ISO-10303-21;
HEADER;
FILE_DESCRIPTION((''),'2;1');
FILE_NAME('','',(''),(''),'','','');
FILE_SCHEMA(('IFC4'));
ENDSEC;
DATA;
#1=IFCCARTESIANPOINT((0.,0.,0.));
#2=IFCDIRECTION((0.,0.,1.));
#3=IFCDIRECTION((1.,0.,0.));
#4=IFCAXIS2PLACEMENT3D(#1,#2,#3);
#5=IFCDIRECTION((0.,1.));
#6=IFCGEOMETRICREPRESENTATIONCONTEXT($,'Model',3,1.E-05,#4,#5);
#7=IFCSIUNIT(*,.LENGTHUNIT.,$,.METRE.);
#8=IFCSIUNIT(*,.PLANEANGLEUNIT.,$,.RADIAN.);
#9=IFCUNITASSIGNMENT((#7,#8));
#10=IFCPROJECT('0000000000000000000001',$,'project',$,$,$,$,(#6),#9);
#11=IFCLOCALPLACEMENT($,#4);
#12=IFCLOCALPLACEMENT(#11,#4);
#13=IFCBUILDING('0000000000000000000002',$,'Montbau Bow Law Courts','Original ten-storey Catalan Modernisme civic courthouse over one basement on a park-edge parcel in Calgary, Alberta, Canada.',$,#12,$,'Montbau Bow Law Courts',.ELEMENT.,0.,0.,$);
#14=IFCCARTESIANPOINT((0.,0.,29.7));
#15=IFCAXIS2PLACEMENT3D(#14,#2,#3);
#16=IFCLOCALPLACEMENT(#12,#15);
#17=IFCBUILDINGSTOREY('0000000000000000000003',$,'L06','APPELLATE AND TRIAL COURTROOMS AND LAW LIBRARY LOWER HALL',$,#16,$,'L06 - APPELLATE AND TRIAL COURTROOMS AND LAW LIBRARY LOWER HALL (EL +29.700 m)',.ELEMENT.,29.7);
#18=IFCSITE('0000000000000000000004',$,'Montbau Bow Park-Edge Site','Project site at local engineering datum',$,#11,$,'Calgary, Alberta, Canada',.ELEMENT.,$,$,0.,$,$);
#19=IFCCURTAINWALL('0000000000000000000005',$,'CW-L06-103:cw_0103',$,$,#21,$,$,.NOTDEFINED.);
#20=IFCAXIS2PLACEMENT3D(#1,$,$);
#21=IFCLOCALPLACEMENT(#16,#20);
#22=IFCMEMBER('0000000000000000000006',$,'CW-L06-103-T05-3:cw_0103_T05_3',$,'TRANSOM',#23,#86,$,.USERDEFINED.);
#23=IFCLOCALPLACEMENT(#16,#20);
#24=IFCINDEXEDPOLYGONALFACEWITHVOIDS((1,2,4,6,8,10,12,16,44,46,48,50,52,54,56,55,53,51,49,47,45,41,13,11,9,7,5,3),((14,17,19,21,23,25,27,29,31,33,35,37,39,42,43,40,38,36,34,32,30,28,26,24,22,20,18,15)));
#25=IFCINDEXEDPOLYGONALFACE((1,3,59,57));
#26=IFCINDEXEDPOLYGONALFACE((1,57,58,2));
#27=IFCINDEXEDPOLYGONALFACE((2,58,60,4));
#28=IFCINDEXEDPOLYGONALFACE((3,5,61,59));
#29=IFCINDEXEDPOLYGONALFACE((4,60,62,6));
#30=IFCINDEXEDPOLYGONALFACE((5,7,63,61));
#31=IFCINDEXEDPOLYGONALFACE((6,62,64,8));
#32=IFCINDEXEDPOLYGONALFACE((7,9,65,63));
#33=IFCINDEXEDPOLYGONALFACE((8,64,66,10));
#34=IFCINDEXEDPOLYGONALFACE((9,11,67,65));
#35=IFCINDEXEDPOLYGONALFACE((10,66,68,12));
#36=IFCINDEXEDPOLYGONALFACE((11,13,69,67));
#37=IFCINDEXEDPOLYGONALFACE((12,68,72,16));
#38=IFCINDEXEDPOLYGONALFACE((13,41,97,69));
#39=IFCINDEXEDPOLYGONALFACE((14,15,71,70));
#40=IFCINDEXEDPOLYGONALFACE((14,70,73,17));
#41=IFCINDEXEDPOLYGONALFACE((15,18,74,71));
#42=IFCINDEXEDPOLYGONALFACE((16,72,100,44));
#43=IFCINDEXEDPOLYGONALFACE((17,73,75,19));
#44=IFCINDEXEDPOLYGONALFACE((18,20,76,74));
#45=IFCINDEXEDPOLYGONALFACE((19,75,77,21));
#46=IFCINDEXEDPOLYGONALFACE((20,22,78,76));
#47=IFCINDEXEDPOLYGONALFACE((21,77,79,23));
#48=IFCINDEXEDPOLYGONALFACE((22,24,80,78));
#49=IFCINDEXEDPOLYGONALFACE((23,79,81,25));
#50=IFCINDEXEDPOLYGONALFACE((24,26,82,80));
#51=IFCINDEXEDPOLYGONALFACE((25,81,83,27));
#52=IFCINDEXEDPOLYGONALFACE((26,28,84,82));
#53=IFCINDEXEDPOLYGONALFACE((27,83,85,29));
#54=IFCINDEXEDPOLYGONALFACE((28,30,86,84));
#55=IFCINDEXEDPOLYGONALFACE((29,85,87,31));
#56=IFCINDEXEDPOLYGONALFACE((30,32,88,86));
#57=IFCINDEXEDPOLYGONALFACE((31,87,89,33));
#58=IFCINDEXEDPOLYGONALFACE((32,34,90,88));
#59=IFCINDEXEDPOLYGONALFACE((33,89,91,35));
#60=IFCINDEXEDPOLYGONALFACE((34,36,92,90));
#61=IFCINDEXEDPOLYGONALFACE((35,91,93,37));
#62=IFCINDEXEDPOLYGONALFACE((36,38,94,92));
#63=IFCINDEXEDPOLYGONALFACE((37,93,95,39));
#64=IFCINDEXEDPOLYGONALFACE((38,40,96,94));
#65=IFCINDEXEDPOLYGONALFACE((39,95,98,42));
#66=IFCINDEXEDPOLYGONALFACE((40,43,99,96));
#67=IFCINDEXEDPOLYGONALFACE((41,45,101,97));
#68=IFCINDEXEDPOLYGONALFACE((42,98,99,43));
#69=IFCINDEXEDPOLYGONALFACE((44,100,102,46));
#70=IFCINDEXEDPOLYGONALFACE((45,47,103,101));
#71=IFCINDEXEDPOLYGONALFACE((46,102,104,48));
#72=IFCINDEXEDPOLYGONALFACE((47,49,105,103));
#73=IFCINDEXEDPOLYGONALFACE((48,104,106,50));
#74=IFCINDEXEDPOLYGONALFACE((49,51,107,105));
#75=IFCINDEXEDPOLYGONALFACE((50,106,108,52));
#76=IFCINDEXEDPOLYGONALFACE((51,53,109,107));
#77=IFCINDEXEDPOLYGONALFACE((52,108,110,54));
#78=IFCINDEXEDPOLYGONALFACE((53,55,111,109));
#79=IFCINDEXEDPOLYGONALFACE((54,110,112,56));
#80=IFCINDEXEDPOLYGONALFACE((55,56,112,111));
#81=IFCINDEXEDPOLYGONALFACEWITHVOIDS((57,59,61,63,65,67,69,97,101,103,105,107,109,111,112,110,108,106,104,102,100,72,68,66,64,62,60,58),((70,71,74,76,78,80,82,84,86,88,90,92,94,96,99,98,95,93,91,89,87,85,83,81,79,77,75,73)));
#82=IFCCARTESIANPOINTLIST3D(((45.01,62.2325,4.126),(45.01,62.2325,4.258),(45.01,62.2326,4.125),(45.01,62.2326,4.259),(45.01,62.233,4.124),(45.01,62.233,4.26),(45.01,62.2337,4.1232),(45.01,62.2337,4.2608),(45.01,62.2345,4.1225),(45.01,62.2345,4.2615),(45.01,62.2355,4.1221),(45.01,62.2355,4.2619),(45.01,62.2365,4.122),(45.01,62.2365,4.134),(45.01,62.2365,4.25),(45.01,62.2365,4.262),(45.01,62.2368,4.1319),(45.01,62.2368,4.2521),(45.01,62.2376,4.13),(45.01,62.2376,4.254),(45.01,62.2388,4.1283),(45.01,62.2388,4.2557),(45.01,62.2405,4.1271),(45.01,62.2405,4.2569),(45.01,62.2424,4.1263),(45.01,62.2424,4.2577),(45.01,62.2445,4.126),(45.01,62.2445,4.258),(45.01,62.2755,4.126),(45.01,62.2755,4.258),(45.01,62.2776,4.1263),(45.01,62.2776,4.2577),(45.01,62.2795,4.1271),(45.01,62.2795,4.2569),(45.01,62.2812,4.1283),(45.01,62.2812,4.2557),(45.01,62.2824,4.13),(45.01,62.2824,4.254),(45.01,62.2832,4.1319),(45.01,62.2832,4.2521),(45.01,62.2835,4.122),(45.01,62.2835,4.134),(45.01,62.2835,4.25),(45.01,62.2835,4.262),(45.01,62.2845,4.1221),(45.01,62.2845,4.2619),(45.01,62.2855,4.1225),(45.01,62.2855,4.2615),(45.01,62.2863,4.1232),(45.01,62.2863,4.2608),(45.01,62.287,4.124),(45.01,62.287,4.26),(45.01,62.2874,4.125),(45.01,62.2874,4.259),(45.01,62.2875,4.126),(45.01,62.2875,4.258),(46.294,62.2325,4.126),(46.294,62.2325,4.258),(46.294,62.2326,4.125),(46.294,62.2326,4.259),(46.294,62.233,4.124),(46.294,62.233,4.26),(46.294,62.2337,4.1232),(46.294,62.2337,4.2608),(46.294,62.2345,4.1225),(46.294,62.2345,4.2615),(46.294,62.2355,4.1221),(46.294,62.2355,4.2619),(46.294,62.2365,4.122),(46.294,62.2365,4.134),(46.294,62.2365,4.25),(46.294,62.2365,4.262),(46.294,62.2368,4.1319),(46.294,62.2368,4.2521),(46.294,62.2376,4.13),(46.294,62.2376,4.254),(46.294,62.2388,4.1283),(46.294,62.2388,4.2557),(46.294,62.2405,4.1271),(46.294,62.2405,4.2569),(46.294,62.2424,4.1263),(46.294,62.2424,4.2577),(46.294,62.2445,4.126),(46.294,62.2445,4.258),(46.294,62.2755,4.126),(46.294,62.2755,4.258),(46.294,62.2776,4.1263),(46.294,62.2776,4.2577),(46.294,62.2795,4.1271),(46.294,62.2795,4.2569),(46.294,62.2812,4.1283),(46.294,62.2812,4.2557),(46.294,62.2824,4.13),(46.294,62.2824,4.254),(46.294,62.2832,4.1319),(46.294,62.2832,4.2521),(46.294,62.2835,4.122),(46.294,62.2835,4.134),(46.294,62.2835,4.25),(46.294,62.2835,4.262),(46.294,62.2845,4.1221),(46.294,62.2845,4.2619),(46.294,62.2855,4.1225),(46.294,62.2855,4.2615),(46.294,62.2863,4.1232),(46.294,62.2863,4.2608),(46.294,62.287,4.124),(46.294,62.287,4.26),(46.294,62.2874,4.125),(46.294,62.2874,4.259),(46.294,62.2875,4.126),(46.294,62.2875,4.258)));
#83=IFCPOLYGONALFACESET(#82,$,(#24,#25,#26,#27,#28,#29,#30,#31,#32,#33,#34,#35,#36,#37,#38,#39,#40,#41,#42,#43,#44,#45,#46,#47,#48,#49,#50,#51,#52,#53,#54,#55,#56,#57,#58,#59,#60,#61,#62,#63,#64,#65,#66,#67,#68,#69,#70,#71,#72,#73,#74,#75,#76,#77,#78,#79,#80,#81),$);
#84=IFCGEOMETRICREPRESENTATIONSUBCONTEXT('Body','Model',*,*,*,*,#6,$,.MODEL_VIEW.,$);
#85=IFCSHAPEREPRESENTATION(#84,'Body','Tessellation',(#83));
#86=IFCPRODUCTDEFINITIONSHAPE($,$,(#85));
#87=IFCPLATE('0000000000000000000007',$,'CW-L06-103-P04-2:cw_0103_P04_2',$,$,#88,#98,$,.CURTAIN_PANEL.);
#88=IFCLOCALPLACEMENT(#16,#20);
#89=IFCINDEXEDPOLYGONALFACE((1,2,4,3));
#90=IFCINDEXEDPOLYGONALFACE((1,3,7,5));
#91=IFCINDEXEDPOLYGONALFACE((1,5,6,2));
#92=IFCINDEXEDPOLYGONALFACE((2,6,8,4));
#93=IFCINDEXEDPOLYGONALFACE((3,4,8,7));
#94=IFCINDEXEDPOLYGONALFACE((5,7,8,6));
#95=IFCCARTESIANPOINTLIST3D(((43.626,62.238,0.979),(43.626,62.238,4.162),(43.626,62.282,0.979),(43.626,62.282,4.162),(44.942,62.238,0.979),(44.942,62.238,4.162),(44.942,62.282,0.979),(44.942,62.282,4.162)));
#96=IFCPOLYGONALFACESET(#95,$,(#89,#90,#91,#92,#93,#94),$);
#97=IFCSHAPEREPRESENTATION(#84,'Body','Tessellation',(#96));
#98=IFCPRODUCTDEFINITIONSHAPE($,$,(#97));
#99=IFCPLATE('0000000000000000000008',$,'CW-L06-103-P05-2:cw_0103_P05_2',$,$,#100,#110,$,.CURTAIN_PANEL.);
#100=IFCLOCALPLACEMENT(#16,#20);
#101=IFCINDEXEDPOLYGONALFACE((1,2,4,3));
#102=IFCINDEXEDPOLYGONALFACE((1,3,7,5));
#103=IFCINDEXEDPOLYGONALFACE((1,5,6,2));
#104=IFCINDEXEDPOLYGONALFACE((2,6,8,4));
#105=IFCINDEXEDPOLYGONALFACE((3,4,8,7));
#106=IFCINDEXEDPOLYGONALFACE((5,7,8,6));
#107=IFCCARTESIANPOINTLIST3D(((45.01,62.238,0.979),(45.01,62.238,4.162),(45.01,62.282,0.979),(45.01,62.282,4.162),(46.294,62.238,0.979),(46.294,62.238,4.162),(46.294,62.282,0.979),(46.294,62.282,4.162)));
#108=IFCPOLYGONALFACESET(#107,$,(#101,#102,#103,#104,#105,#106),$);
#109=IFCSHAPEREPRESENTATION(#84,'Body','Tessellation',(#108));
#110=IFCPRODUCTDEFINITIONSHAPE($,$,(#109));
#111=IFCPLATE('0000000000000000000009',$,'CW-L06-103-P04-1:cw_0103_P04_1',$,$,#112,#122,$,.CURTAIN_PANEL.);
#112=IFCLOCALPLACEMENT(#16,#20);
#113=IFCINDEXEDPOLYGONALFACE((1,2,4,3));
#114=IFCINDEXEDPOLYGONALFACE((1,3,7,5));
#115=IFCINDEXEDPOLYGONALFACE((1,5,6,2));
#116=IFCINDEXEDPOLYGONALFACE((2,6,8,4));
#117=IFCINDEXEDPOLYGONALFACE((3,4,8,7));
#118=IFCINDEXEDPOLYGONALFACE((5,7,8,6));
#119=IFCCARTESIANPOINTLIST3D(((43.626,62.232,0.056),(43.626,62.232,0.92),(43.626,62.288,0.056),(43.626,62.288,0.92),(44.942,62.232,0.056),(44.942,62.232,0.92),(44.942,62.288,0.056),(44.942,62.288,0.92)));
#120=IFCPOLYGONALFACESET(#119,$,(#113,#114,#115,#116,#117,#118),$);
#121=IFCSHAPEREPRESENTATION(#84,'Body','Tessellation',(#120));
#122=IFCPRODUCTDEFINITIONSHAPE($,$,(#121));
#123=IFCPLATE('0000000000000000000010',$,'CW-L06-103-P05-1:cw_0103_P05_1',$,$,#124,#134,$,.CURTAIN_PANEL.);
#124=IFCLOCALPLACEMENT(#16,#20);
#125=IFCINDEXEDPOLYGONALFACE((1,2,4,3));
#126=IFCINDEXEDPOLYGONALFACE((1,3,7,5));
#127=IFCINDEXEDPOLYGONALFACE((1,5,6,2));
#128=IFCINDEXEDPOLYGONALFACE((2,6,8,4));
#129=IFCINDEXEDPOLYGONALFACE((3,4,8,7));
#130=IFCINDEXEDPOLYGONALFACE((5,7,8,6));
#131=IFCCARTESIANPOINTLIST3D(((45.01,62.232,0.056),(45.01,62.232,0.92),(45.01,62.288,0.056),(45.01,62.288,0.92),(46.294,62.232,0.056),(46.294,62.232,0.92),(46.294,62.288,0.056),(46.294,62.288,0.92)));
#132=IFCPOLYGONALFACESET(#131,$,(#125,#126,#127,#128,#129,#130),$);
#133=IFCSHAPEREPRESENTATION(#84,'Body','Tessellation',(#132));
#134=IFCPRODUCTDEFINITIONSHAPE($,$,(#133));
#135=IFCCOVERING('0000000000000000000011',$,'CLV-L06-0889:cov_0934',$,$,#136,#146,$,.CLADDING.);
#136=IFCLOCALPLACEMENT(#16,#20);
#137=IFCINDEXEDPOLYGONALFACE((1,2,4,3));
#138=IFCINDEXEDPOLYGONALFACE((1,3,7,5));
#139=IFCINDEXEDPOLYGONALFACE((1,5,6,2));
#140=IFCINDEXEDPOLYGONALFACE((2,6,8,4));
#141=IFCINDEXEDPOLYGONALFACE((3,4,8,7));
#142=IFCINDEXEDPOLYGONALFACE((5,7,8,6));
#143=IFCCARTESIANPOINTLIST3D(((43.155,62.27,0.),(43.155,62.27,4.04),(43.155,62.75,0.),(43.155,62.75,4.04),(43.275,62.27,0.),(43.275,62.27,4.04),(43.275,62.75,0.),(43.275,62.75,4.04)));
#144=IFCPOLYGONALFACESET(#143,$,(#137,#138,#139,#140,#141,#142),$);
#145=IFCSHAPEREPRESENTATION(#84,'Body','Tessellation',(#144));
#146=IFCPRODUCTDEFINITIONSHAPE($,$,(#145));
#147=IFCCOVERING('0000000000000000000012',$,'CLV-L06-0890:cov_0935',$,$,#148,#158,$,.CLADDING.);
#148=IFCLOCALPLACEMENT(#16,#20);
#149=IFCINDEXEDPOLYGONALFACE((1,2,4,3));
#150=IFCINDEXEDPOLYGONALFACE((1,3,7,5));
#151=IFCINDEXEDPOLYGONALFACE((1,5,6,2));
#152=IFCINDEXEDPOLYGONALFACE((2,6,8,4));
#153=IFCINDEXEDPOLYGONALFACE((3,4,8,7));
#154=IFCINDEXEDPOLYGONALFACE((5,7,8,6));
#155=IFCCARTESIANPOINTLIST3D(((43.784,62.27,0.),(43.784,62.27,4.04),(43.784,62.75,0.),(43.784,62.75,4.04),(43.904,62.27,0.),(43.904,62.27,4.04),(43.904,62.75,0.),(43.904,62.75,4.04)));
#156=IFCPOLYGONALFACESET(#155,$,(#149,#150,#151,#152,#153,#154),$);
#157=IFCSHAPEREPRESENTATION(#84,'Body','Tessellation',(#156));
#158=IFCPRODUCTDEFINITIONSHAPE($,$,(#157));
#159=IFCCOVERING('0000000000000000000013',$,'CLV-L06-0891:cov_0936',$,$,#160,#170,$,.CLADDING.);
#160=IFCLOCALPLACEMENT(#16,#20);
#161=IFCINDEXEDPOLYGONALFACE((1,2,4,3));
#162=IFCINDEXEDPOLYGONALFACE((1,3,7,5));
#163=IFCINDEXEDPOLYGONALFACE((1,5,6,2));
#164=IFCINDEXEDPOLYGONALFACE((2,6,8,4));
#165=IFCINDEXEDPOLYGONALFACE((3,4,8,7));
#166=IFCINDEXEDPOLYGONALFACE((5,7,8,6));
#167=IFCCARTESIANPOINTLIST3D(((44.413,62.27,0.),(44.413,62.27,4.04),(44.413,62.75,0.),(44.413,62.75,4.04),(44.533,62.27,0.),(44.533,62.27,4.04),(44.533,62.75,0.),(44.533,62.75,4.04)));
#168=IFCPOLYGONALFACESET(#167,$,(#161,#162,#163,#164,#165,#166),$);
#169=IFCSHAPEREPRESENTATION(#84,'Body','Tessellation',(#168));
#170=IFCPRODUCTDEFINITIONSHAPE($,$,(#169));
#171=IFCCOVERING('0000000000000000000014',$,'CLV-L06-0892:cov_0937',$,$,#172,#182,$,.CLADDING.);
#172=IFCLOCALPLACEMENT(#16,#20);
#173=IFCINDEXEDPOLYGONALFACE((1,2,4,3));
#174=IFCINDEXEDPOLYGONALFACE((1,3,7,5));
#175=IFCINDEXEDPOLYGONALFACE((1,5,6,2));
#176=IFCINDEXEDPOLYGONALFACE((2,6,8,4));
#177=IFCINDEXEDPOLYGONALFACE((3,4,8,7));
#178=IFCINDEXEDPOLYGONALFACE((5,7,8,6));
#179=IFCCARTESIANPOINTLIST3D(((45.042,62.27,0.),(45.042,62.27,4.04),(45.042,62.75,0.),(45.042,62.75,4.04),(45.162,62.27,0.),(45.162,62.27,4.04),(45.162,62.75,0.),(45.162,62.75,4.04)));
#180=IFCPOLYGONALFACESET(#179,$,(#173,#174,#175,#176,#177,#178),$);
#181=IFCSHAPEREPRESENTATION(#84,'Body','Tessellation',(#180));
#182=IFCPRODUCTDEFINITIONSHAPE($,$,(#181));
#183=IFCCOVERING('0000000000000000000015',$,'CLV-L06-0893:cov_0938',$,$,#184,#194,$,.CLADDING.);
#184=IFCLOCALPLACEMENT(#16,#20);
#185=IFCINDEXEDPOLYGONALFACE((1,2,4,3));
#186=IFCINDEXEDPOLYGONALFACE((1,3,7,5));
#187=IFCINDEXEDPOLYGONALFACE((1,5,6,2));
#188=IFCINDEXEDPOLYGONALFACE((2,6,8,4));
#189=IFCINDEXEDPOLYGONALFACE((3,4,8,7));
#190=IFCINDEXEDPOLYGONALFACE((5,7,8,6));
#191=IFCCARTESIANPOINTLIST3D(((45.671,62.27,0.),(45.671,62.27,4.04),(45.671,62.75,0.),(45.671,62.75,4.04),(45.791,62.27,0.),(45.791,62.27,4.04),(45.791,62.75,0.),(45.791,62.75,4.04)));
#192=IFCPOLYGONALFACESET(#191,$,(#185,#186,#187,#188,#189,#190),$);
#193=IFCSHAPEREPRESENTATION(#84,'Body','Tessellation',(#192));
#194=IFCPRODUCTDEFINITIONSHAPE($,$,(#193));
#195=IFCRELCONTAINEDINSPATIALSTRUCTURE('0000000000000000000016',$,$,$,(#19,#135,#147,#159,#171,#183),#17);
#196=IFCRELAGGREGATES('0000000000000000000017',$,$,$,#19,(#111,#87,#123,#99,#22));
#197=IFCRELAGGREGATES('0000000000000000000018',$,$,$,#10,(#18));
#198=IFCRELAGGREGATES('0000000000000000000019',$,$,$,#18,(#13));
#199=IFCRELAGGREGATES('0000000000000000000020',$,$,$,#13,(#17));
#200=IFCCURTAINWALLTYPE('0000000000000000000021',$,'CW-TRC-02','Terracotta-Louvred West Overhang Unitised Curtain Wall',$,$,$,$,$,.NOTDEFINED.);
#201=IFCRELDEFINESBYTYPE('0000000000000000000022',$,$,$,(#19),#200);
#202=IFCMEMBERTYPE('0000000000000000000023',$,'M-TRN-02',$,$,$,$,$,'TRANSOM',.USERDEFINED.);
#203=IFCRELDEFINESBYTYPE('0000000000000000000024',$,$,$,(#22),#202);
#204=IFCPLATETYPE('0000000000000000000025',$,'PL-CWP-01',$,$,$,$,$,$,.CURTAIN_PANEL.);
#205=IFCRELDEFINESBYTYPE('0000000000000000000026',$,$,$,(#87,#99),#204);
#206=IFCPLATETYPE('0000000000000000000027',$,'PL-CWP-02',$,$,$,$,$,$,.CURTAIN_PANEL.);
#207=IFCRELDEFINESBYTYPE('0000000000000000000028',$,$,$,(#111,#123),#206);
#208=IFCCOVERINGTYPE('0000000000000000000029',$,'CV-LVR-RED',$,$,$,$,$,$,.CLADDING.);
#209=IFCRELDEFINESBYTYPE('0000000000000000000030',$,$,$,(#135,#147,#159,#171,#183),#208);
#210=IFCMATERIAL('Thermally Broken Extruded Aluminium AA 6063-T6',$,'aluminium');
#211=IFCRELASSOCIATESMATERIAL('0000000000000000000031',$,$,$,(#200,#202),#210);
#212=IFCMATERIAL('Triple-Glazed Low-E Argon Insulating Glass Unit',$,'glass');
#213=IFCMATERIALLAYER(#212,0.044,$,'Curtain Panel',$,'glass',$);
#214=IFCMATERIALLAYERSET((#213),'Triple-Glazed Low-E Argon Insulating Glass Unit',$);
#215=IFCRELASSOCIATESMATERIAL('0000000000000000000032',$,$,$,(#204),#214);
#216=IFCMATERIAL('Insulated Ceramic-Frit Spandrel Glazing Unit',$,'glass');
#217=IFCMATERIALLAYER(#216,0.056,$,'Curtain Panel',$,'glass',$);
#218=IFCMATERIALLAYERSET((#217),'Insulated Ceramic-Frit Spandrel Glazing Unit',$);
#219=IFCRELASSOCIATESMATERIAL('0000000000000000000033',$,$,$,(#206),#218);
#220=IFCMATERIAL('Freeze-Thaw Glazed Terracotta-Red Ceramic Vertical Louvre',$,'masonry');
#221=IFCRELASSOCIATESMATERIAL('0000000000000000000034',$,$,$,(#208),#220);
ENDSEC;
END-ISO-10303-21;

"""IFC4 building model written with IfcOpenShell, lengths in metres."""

from ifc_helpers import new_model, si_unit, direction, frame, frame_2d, origin_with_axes, origin_2d_with_axis, place, context, subcontext, project, spatial, rectangle, hollow_rectangle, extrude, material, layer, layer_set, material_profile, profile_set, type_object, element, aggregate, save


model = new_model("IFC4")

# Units and contexts
model_context = context("Model", 3, precision=1e-05, world=origin_with_axes(), true_north=direction((0.0, 1.0)))
body_context = subcontext(model_context, "Body", "Model", "MODEL_VIEW")
ifc_project = project(units=[si_unit("LENGTHUNIT", "METRE"), si_unit("PLANEANGLEUNIT", "RADIAN")], contexts=[model_context])

# Site, building, storey
site_placement = place(None, origin_with_axes())
site = spatial("IfcSite", under=ifc_project, at=site_placement, Name="Montbau Bow Park-Edge Site", Description="Project site at local engineering datum", LongName="Calgary, Alberta, Canada", CompositionType="ELEMENT", RefElevation=0.0)
building_placement = place(site_placement, origin_with_axes())
building = spatial("IfcBuilding", under=site, at=building_placement, Name="Montbau Bow Law Courts", Description="Original ten-storey Catalan Modernisme civic courthouse over one basement on a park-edge parcel in Calgary, Alberta, Canada.", LongName="Montbau Bow Law Courts", CompositionType="ELEMENT", ElevationOfRefHeight=0.0, ElevationOfTerrain=0.0)
storey_placement = place(building_placement, frame((0.0, 0.0, 29.7), z_axis=(0.0, 0.0, 1.0), x_axis=(1.0, 0.0, 0.0)))
storey = spatial("IfcBuildingStorey", under=building, at=storey_placement, Name="L06", Description="APPELLATE AND TRIAL COURTROOMS AND LAW LIBRARY LOWER HALL", LongName="L06 - APPELLATE AND TRIAL COURTROOMS AND LAW LIBRARY LOWER HALL (EL +29.700 m)", CompositionType="ELEMENT", Elevation=29.7)

# Curtain wall, member, plates
ifc_material_1 = material(Name="Thermally Broken Extruded Aluminium AA 6063-T6", Category="aluminium")
curtain_wall_type = type_object("IfcCurtainWallType", Name="CW-TRC-02", Description="Terracotta-Louvred West Overhang Unitised Curtain Wall", PredefinedType="NOTDEFINED", material=ifc_material_1)
curtain_wall_placement = place(None, frame((39.44, 62.26, 29.7), z_axis=(0.0, 0.0, 1.0), x_axis=(1.0, 0.0, 0.0)))
curtain_wall = element("IfcCurtainWall", 1, at=curtain_wall_placement, inside=storey, type_object=curtain_wall_type, Name="CW-L06-103:cw_0103", PredefinedType="NOTDEFINED")
ifc_material_profile_1 = material_profile(ifc_material_1, hollow_rectangle(XDim=0.055, YDim=0.14, WallThickness=0.004, InnerFilletRadius=0.008, OuterFilletRadius=0.004, at=origin_2d_with_axis()), Name="CWT-140X55", Category="Main", Priority=0)
ifc_profile_set_1 = profile_set([ifc_material_profile_1], Name="Thermally Broken Extruded Aluminium AA 6063-T6")
member_type_1 = type_object("IfcMemberType", Name="M-TRN-02", ElementType="TRANSOM", PredefinedType="USERDEFINED", material=ifc_profile_set_1)
member_1_placement = place(None, frame((45.01, 62.26, 33.892), z_axis=(1.0, 0.0, 0.0), x_axis=(0.0, 1.0, 0.0)))
member_1 = element("IfcMember", 2, at=member_1_placement, type_object=member_type_1, Name="CW-L06-103-T05-3:cw_0103_T05_3", ObjectType="TRANSOM", PredefinedType="USERDEFINED", context=body_context, shape_type="SweptSolid", body=[
    extrude(hollow_rectangle(XDim=0.055, YDim=0.14, WallThickness=0.004, InnerFilletRadius=0.008, OuterFilletRadius=0.004, at=origin_2d_with_axis()), origin_with_axes(), (0.0, 0.0, 1.0), 1.284),
])
ifc_material_2 = material(Name="Triple-Glazed Low-E Argon Insulating Glass Unit", Category="glass")
ifc_layer_1 = layer(ifc_material_2, 0.044, Name="Curtain Panel", Category="glass")
ifc_layer_set_1 = layer_set([ifc_layer_1], Name="Triple-Glazed Low-E Argon Insulating Glass Unit")
plate_type_1 = type_object("IfcPlateType", Name="PL-CWP-01", PredefinedType="CURTAIN_PANEL", material=ifc_layer_set_1)
plate_1_placement = place(None, frame((43.626, 62.26, 30.679), z_axis=(0.0, -1.0, 0.0), x_axis=(1.0, 0.0, 0.0)))
plate_1 = element("IfcPlate", 3, at=plate_1_placement, type_object=plate_type_1, Name="CW-L06-103-P04-2:cw_0103_P04_2", PredefinedType="CURTAIN_PANEL", context=body_context, shape_type="SweptSolid", body=[
    extrude(rectangle(XDim=1.316, YDim=3.183, at=frame_2d((0.658, 1.5915), x_axis=(1.0, 0.0))), frame((0.0, 0.0, -0.022), z_axis=(0.0, 0.0, 1.0), x_axis=(1.0, 0.0, 0.0)), (0.0, 0.0, 1.0), 0.044),
])
plate_2_placement = place(None, frame((45.01, 62.26, 30.679), z_axis=(0.0, -1.0, 0.0), x_axis=(1.0, 0.0, 0.0)))
plate_2 = element("IfcPlate", 4, at=plate_2_placement, type_object=plate_type_1, Name="CW-L06-103-P05-2:cw_0103_P05_2", PredefinedType="CURTAIN_PANEL", context=body_context, shape_type="SweptSolid", body=[
    extrude(rectangle(XDim=1.284, YDim=3.183, at=frame_2d((0.642, 1.5915), x_axis=(1.0, 0.0))), frame((0.0, 0.0, -0.022), z_axis=(0.0, 0.0, 1.0), x_axis=(1.0, 0.0, 0.0)), (0.0, 0.0, 1.0), 0.044),
])
ifc_material_3 = material(Name="Insulated Ceramic-Frit Spandrel Glazing Unit", Category="glass")
ifc_layer_2 = layer(ifc_material_3, 0.056, Name="Curtain Panel", Category="glass")
ifc_layer_set_2 = layer_set([ifc_layer_2], Name="Insulated Ceramic-Frit Spandrel Glazing Unit")
plate_type_2 = type_object("IfcPlateType", Name="PL-CWP-02", PredefinedType="CURTAIN_PANEL", material=ifc_layer_set_2)
plate_3_placement = place(None, frame((43.626, 62.26, 29.756), z_axis=(0.0, -1.0, 0.0), x_axis=(1.0, 0.0, 0.0)))
plate_3 = element("IfcPlate", 5, at=plate_3_placement, type_object=plate_type_2, Name="CW-L06-103-P04-1:cw_0103_P04_1", PredefinedType="CURTAIN_PANEL", context=body_context, shape_type="SweptSolid", body=[
    extrude(rectangle(XDim=1.316, YDim=0.864, at=frame_2d((0.658, 0.432), x_axis=(1.0, 0.0))), frame((0.0, 0.0, -0.028), z_axis=(0.0, 0.0, 1.0), x_axis=(1.0, 0.0, 0.0)), (0.0, 0.0, 1.0), 0.056),
])
plate_4_placement = place(None, frame((45.01, 62.26, 29.756), z_axis=(0.0, -1.0, 0.0), x_axis=(1.0, 0.0, 0.0)))
plate_4 = element("IfcPlate", 6, at=plate_4_placement, type_object=plate_type_2, Name="CW-L06-103-P05-1:cw_0103_P05_1", PredefinedType="CURTAIN_PANEL", context=body_context, shape_type="SweptSolid", body=[
    extrude(rectangle(XDim=1.284, YDim=0.864, at=frame_2d((0.642, 0.432), x_axis=(1.0, 0.0))), frame((0.0, 0.0, -0.028), z_axis=(0.0, 0.0, 1.0), x_axis=(1.0, 0.0, 0.0)), (0.0, 0.0, 1.0), 0.056),
])
aggregate(curtain_wall, [plate_3, plate_1, plate_4, plate_2, member_1])

# Coverings
ifc_material_4 = material(Name="Freeze-Thaw Glazed Terracotta-Red Ceramic Vertical Louvre", Category="masonry")
covering_type = type_object("IfcCoveringType", Name="CV-LVR-RED", PredefinedType="CLADDING", material=ifc_material_4)
for number, where, z_axis, x_axis, name in (
    (7, (43.215, 62.27, 29.7), (1.0, 0.0, 0.0), (0.0, 1.0, 0.0), "CLV-L06-0889:cov_0934"),
    (8, (43.844, 62.27, 29.7), (1.0, 0.0, 0.0), (0.0, 1.0, 0.0), "CLV-L06-0890:cov_0935"),
    (9, (44.473, 62.27, 29.7), (1.0, 0.0, 0.0), (0.0, 1.0, 0.0), "CLV-L06-0891:cov_0936"),
    (10, (45.102, 62.27, 29.7), (1.0, 0.0, 0.0), (0.0, 1.0, 0.0), "CLV-L06-0892:cov_0937"),
    (11, (45.731, 62.27, 29.7), (1.0, 0.0, 0.0), (0.0, 1.0, 0.0), "CLV-L06-0893:cov_0938"),
):
    element("IfcCovering", number, at=place(None, frame(where, z_axis=z_axis, x_axis=x_axis)), inside=storey, type_object=covering_type, Name=name, PredefinedType="CLADDING", context=body_context, shape_type="SweptSolid", body=[
        extrude(rectangle(XDim=0.48, YDim=4.04, at=frame_2d((0.24, 2.02), x_axis=(1.0, 0.0))), frame((0.0, 0.0, -0.06), z_axis=(0.0, 0.0, 1.0), x_axis=(1.0, 0.0, 0.0)), (0.0, 0.0, 1.0), 0.12),
    ])

save(model, "model.ifc")
